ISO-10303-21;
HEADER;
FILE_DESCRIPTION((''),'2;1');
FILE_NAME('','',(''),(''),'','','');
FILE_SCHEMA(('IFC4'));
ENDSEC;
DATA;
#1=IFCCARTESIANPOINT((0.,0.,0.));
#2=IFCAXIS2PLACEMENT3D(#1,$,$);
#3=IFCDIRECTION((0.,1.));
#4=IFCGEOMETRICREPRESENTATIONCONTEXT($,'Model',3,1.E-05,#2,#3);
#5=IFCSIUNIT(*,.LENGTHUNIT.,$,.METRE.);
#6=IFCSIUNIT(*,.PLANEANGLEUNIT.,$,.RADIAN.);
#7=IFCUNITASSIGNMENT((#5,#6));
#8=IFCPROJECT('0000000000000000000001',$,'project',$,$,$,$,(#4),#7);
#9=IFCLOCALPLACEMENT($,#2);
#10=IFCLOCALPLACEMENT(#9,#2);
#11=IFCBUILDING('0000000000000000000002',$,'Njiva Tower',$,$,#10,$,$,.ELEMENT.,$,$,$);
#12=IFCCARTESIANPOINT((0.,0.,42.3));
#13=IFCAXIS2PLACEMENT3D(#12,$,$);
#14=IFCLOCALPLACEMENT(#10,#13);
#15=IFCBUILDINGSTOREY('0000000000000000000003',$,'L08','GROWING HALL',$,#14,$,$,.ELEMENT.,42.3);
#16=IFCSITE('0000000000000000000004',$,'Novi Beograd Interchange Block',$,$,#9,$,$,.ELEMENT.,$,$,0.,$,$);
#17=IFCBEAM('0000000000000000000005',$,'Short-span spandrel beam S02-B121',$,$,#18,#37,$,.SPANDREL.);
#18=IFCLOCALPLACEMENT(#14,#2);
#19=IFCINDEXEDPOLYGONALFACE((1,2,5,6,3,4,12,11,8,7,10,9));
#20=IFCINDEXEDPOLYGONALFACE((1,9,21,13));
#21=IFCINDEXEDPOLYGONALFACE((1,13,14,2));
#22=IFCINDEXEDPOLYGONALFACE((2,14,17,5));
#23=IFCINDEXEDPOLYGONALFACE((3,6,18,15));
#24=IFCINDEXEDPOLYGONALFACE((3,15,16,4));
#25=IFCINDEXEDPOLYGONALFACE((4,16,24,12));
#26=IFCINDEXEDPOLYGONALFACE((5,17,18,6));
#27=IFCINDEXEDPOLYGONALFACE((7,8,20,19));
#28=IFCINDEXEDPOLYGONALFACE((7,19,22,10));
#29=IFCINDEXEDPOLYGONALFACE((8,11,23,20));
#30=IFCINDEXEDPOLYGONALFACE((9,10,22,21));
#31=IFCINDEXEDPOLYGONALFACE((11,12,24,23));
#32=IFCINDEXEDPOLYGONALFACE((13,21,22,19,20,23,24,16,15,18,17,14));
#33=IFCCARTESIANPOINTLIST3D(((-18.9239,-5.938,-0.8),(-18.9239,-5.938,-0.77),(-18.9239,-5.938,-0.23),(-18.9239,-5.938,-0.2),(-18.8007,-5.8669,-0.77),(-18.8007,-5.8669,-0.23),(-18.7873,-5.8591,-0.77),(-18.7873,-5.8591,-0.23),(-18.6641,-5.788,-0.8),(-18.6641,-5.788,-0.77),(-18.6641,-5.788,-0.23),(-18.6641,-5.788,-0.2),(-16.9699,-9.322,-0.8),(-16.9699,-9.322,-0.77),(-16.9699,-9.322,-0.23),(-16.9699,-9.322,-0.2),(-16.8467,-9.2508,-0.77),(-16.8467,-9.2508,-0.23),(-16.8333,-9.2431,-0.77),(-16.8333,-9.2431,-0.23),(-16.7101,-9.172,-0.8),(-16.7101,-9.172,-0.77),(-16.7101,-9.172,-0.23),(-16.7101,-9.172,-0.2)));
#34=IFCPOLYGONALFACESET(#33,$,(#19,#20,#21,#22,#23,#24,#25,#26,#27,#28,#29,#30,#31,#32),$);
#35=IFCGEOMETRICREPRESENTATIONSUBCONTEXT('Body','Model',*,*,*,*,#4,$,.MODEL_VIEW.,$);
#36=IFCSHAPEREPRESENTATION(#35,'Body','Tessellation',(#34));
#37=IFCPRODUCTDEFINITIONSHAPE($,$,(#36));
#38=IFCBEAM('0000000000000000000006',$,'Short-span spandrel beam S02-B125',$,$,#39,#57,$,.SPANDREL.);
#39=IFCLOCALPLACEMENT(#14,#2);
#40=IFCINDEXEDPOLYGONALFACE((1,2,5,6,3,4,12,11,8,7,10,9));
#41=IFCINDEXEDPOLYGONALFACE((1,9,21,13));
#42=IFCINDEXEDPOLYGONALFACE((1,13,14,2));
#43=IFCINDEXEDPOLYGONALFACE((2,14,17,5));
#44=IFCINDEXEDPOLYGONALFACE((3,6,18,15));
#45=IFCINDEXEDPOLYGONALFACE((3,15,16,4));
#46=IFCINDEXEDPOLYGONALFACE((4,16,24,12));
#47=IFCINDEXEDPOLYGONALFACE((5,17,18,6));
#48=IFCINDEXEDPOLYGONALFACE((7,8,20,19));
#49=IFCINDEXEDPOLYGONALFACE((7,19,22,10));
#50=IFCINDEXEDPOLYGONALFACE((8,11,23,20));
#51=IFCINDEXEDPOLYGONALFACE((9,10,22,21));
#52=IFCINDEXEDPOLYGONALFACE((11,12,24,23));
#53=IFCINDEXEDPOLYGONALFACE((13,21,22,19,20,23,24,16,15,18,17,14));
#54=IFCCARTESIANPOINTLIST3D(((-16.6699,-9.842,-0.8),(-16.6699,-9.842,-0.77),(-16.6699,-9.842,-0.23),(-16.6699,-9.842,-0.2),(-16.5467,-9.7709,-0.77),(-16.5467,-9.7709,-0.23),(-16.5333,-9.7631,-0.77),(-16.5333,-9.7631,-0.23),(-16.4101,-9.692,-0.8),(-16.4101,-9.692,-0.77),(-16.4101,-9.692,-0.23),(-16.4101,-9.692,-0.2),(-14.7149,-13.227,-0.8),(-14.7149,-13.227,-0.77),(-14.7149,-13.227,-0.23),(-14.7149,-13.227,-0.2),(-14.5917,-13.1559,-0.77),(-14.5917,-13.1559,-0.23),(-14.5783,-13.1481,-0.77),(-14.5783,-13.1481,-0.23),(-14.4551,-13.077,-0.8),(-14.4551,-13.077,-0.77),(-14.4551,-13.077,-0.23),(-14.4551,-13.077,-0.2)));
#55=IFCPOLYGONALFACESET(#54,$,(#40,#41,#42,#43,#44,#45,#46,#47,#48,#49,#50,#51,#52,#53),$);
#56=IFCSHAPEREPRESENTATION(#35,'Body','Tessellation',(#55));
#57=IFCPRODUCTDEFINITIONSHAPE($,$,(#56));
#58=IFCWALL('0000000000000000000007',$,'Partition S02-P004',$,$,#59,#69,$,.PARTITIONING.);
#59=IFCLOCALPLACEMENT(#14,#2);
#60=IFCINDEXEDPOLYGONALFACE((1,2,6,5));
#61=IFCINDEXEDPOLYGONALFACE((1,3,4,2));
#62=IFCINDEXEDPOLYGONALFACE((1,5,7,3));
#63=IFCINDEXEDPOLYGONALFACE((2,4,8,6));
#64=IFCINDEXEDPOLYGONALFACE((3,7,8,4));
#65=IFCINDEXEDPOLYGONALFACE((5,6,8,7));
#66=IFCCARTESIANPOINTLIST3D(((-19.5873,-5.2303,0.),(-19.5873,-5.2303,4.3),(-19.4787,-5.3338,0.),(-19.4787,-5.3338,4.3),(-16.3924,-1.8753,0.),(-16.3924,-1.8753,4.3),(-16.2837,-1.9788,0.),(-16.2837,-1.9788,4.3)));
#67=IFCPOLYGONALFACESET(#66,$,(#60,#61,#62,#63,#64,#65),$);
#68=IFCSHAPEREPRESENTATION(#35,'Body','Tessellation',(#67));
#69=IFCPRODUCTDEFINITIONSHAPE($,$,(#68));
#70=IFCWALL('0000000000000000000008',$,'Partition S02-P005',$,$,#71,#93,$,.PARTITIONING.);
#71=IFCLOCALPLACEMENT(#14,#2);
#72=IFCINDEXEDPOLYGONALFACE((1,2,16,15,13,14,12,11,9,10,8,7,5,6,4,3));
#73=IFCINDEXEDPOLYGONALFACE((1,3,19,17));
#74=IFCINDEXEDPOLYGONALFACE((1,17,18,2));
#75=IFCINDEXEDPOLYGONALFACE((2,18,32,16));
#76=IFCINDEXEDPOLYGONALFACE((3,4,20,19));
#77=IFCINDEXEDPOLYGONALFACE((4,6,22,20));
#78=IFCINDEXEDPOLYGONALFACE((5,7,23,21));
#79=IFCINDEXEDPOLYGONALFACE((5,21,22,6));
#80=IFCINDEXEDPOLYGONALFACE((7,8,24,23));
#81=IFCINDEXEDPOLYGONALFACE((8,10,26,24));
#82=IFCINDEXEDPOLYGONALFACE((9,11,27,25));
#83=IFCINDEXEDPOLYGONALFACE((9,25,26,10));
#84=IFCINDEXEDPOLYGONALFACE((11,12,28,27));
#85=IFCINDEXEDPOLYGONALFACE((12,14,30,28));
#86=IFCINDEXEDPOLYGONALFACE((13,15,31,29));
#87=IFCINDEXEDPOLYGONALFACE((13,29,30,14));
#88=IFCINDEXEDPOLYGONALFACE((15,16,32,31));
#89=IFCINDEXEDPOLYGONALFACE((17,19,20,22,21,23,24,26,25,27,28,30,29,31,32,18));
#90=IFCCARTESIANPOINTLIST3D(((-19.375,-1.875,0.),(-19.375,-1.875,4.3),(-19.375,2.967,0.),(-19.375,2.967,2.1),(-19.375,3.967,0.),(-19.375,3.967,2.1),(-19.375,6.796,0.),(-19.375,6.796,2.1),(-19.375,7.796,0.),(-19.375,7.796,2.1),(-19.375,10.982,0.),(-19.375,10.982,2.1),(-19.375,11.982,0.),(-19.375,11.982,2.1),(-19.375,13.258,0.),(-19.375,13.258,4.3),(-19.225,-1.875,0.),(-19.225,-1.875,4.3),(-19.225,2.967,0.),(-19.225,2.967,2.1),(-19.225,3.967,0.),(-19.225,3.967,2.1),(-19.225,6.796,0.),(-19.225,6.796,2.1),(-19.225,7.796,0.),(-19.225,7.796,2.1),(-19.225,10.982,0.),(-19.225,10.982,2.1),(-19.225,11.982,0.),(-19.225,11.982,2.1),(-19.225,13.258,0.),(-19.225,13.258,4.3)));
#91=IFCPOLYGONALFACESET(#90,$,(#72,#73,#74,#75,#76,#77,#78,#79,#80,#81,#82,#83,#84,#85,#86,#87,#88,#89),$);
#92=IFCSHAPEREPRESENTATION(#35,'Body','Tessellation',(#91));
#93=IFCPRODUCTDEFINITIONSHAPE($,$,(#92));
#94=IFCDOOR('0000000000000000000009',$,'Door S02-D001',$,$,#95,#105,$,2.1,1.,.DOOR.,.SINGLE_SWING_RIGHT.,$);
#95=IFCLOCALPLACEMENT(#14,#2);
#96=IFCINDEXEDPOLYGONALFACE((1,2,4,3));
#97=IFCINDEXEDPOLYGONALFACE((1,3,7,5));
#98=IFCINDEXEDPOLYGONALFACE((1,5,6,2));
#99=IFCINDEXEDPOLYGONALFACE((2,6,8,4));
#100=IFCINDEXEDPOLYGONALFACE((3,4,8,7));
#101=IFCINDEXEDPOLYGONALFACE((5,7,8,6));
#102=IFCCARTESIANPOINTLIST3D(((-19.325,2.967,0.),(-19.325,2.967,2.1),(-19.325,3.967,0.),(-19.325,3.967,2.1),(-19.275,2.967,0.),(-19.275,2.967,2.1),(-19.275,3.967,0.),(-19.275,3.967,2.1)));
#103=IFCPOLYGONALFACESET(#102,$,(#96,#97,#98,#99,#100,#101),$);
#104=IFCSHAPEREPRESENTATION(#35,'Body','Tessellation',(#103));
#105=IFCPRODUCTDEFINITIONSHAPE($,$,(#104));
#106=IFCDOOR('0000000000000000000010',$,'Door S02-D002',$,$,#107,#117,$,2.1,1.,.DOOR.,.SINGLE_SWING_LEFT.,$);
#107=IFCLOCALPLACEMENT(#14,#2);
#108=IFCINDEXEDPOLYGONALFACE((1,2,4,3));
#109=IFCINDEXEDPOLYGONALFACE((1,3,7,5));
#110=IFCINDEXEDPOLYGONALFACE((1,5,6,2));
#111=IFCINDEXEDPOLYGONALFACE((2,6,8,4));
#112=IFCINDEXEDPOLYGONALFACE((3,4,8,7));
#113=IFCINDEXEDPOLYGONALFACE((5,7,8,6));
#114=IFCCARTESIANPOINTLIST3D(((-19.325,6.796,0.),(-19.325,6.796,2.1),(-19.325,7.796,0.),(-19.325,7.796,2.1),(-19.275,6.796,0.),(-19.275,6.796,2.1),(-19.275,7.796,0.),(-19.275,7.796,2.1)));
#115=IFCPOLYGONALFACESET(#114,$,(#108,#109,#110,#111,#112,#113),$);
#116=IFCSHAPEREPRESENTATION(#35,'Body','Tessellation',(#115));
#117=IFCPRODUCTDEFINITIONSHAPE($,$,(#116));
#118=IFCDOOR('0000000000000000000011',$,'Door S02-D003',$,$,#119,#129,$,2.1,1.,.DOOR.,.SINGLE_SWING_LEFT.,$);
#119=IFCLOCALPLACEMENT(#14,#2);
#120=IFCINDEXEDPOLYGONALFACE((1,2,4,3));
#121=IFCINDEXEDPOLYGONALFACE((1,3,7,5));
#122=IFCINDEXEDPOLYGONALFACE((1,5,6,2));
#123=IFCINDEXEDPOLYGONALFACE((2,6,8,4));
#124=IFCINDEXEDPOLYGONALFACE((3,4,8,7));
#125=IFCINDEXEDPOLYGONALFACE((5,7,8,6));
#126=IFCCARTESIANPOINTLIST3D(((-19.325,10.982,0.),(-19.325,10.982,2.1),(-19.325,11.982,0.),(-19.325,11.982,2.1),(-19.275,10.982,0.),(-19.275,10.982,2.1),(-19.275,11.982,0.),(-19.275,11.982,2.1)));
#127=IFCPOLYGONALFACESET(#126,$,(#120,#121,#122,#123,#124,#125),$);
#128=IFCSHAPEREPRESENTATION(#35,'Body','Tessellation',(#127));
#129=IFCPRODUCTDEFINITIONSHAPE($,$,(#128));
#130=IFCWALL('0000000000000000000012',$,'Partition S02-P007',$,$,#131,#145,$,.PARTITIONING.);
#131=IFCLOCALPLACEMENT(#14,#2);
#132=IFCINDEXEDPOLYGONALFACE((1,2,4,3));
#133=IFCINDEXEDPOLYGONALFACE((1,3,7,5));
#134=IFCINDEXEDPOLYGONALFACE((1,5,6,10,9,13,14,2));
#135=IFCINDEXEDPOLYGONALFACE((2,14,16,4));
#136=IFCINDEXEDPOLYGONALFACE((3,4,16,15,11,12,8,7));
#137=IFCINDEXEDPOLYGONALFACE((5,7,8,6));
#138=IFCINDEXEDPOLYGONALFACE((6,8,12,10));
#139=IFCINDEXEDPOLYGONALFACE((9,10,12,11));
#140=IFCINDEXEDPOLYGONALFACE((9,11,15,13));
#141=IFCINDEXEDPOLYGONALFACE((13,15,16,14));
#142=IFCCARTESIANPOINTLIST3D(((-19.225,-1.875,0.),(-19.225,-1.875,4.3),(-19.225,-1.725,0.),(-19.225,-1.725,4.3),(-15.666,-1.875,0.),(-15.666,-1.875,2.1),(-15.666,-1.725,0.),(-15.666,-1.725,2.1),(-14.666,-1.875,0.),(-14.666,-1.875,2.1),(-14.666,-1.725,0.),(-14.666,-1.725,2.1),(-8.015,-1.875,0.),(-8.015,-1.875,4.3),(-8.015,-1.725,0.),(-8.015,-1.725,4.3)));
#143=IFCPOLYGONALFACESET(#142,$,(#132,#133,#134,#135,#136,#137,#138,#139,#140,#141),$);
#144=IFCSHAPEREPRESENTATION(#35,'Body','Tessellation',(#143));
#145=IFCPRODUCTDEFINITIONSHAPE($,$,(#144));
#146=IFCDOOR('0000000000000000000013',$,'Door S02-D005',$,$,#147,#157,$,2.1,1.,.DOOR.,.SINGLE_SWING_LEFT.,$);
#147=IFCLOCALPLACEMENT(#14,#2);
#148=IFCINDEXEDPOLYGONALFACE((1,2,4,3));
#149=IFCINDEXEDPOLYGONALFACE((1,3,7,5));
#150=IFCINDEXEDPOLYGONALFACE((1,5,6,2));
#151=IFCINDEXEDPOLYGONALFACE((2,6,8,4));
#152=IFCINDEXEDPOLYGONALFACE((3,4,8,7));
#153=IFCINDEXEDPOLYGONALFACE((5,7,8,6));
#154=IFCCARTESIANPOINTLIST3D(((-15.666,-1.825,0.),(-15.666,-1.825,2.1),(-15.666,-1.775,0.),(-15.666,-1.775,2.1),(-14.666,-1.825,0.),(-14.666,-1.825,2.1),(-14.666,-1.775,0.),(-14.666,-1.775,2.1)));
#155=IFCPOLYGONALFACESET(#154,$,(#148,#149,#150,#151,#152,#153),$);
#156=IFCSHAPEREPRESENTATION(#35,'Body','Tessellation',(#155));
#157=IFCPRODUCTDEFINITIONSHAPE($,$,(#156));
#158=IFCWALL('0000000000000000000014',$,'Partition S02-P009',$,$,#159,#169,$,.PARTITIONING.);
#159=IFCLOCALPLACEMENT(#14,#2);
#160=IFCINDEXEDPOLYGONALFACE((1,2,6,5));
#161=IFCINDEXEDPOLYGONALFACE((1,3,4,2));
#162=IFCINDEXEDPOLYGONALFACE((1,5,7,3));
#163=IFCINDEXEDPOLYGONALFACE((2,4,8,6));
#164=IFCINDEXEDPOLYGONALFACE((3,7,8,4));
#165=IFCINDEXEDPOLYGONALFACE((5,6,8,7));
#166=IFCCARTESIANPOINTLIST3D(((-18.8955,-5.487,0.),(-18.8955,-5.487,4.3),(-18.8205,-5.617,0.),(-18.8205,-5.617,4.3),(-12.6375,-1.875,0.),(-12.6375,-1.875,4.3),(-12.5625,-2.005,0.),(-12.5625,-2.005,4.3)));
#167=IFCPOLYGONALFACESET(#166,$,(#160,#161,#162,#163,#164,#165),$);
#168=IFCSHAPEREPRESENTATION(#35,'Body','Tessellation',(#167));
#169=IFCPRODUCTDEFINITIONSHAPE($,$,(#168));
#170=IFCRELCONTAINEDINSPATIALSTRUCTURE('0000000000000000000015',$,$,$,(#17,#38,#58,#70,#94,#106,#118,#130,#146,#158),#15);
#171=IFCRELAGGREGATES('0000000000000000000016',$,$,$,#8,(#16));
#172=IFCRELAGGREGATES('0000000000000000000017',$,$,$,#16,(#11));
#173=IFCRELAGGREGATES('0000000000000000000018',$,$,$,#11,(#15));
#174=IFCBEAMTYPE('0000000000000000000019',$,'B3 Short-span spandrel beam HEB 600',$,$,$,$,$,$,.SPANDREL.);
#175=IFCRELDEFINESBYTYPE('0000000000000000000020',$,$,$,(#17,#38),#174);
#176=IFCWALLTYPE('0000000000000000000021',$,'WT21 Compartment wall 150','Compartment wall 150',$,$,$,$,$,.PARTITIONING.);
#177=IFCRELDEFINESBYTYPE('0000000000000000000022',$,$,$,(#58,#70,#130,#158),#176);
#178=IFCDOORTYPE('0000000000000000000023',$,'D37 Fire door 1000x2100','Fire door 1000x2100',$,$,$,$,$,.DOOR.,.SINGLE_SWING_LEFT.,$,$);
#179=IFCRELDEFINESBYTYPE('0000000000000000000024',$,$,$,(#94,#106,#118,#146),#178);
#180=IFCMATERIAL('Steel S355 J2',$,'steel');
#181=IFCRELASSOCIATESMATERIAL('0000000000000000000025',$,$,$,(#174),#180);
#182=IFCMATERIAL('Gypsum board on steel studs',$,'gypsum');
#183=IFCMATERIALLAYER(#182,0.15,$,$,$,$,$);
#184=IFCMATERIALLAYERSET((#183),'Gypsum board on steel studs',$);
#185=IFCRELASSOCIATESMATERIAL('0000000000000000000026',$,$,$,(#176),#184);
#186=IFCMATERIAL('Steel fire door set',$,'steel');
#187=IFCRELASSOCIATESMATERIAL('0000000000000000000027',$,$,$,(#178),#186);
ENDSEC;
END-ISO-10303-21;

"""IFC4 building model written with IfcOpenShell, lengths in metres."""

from ifc_helpers import new_model, si_unit, direction, frame, frame_2d, origin, origin_2d, place, context, subcontext, project, spatial, rectangle, i_section, extrude, material, layer, layer_set, material_profile, profile_set, type_object, element, fill, save


model = new_model("IFC4")

# Units and contexts
model_context = context("Model", 3, precision=1e-05, world=origin(), true_north=direction((0.0, 1.0)))
body_context = subcontext(model_context, "Body", "Model", "MODEL_VIEW")
ifc_project = project(units=[si_unit("LENGTHUNIT", "METRE"), si_unit("PLANEANGLEUNIT", "RADIAN")], contexts=[model_context])

# Site, building, storey
site_placement = place(None, origin())
site = spatial("IfcSite", under=ifc_project, at=site_placement, Name="Novi Beograd Interchange Block", CompositionType="ELEMENT", RefElevation=0.0)
building_placement = place(site_placement, origin())
building = spatial("IfcBuilding", under=site, at=building_placement, Name="Njiva Tower", CompositionType="ELEMENT")
storey_placement = place(building_placement, frame((0.0, 0.0, 42.3)))
storey = spatial("IfcBuildingStorey", under=building, at=storey_placement, Name="L08", Description="GROWING HALL", CompositionType="ELEMENT", Elevation=42.3)

# Shared definitions
ifc_material_1 = material(Name="Steel S355 J2", Category="steel")

# Beams
ifc_material_profile_1 = material_profile(ifc_material_1, i_section(OverallWidth=0.3, OverallDepth=0.6, WebThickness=0.0155, FlangeThickness=0.03, at=origin_2d()), Name="HEB 600")
ifc_profile_set_1 = profile_set([ifc_material_profile_1], Name="Steel S355 J2")
beam_type_1 = type_object("IfcBeamType", Name="B3 Short-span spandrel beam HEB 600", PredefinedType="SPANDREL", material=ifc_profile_set_1)
beam_1_placement = place(storey_placement, frame((-18.794, -5.863, -0.5), z_axis=(0.500047, -0.865998, 0.0), x_axis=(0.865998, 0.500047, 0.0)))
element("IfcBeam", 1, at=beam_1_placement, inside=storey, type_object=beam_type_1, Name="Short-span spandrel beam S02-B121", PredefinedType="SPANDREL", context=body_context, shape_type="SweptSolid", body=[
    extrude(i_section(OverallWidth=0.3, OverallDepth=0.6, WebThickness=0.0155, FlangeThickness=0.03, at=origin_2d()), origin(), (0.0, 0.0, 1.0), 3.9076),
])
beam_2_placement = place(storey_placement, frame((-16.54, -9.767, -0.5), z_axis=(0.500128, -0.865951, 0.0), x_axis=(0.865951, 0.500128, 0.0)))
element("IfcBeam", 2, at=beam_2_placement, inside=storey, type_object=beam_type_1, Name="Short-span spandrel beam S02-B125", PredefinedType="SPANDREL", context=body_context, shape_type="SweptSolid", body=[
    extrude(i_section(OverallWidth=0.3, OverallDepth=0.6, WebThickness=0.0155, FlangeThickness=0.03, at=origin_2d()), origin(), (0.0, 0.0, 1.0), 3.909),
])

# Wall
ifc_material_2 = material(Name="Gypsum board on steel studs", Category="gypsum")
ifc_layer = layer(ifc_material_2, 0.15)
ifc_layer_set = layer_set([ifc_layer], Name="Gypsum board on steel studs")
wall_type = type_object("IfcWallType", Name="WT21 Compartment wall 150", Description="Compartment wall 150", PredefinedType="PARTITIONING", material=ifc_layer_set)
wall_1_placement = place(storey_placement, frame((-19.533, -5.282, 0.0), z_axis=(0.0, 0.0, 1.0), x_axis=(0.689628, 0.724164, 0.0)))
element("IfcWall", 3, at=wall_1_placement, inside=storey, type_object=wall_type, Name="Partition S02-P004", PredefinedType="PARTITIONING", context=body_context, shape_type="SweptSolid", body=[
    extrude(rectangle(XDim=4.6329, YDim=0.15, at=frame_2d((2.3164, 0.0))), origin(), (0.0, 0.0, 1.0), 4.3),
])

# Wall, openings, doors
wall_2_placement = place(storey_placement, frame((-19.3, -1.875, 0.0), z_axis=(0.0, 0.0, 1.0), x_axis=(0.0, 1.0, 0.0)))
wall_2 = element("IfcWall", 4, at=wall_2_placement, inside=storey, type_object=wall_type, Name="Partition S02-P005", PredefinedType="PARTITIONING", context=body_context, shape_type="SweptSolid", body=[
    extrude(rectangle(XDim=15.133, YDim=0.15, at=frame_2d((7.5665, 0.0))), origin(), (0.0, 0.0, 1.0), 4.3),
])
opening_1_placement = place(wall_2_placement, frame((4.842, 0.0, 0.0)))
opening_1 = element("IfcOpeningElement", 5, at=opening_1_placement, cuts=wall_2, PredefinedType="OPENING", context=body_context, shape_type="SweptSolid", body=[
    extrude(rectangle(XDim=1.0, YDim=2.1, at=frame_2d((0.5, 1.05))), frame((0.0, 0.085, 0.0), z_axis=(0.0, -1.0, 0.0), x_axis=(1.0, 0.0, 0.0)), (0.0, 0.0, 1.0), 0.17),
])
opening_2_placement = place(wall_2_placement, frame((8.671, 0.0, 0.0)))
opening_2 = element("IfcOpeningElement", 6, at=opening_2_placement, cuts=wall_2, PredefinedType="OPENING", context=body_context, shape_type="SweptSolid", body=[
    extrude(rectangle(XDim=1.0, YDim=2.1, at=frame_2d((0.5, 1.05))), frame((0.0, 0.085, 0.0), z_axis=(0.0, -1.0, 0.0), x_axis=(1.0, 0.0, 0.0)), (0.0, 0.0, 1.0), 0.17),
])
opening_3_placement = place(wall_2_placement, frame((12.857, 0.0, 0.0)))
opening_3 = element("IfcOpeningElement", 7, at=opening_3_placement, cuts=wall_2, PredefinedType="OPENING", context=body_context, shape_type="SweptSolid", body=[
    extrude(rectangle(XDim=1.0, YDim=2.1, at=frame_2d((0.5, 1.05))), frame((0.0, 0.085, 0.0), z_axis=(0.0, -1.0, 0.0), x_axis=(1.0, 0.0, 0.0)), (0.0, 0.0, 1.0), 0.17),
])
ifc_material_3 = material(Name="Steel fire door set", Category="steel")
door_type = type_object("IfcDoorType", Name="D37 Fire door 1000x2100", Description="Fire door 1000x2100", OperationType="SINGLE_SWING_LEFT", PredefinedType="DOOR", material=ifc_material_3)
door_1_placement = place(opening_1_placement, origin())
door_1 = element("IfcDoor", 8, at=door_1_placement, inside=storey, type_object=door_type, Name="Door S02-D001", OperationType="SINGLE_SWING_RIGHT", OverallHeight=2.1, OverallWidth=1.0, PredefinedType="DOOR", context=body_context, shape_type="SweptSolid", body=[
    extrude(rectangle(XDim=1.0, YDim=2.1, at=frame_2d((0.5, 1.05))), frame((0.0, 0.025, 0.0), z_axis=(0.0, -1.0, 0.0), x_axis=(1.0, 0.0, 0.0)), (0.0, 0.0, 1.0), 0.05),
])
fill(opening_1, door_1)
door_2_placement = place(opening_2_placement, origin())
door_2 = element("IfcDoor", 9, at=door_2_placement, inside=storey, type_object=door_type, Name="Door S02-D002", OperationType="SINGLE_SWING_LEFT", OverallHeight=2.1, OverallWidth=1.0, PredefinedType="DOOR", context=body_context, shape_type="SweptSolid", body=[
    extrude(rectangle(XDim=1.0, YDim=2.1, at=frame_2d((0.5, 1.05))), frame((0.0, 0.025, 0.0), z_axis=(0.0, -1.0, 0.0), x_axis=(1.0, 0.0, 0.0)), (0.0, 0.0, 1.0), 0.05),
])
fill(opening_2, door_2)
door_3_placement = place(opening_3_placement, origin())
door_3 = element("IfcDoor", 10, at=door_3_placement, inside=storey, type_object=door_type, Name="Door S02-D003", OperationType="SINGLE_SWING_LEFT", OverallHeight=2.1, OverallWidth=1.0, PredefinedType="DOOR", context=body_context, shape_type="SweptSolid", body=[
    extrude(rectangle(XDim=1.0, YDim=2.1, at=frame_2d((0.5, 1.05))), frame((0.0, 0.025, 0.0), z_axis=(0.0, -1.0, 0.0), x_axis=(1.0, 0.0, 0.0)), (0.0, 0.0, 1.0), 0.05),
])
fill(opening_3, door_3)

# Wall, opening, door
wall_3_placement = place(storey_placement, frame((-19.225, -1.8, 0.0), z_axis=(0.0, 0.0, 1.0), x_axis=(1.0, 0.0, 0.0)))
wall_3 = element("IfcWall", 11, at=wall_3_placement, inside=storey, type_object=wall_type, Name="Partition S02-P007", PredefinedType="PARTITIONING", context=body_context, shape_type="SweptSolid", body=[
    extrude(rectangle(XDim=11.21, YDim=0.15, at=frame_2d((5.605, 0.0))), origin(), (0.0, 0.0, 1.0), 4.3),
])
opening_4_placement = place(wall_3_placement, frame((3.559, 0.0, 0.0)))
opening_4 = element("IfcOpeningElement", 12, at=opening_4_placement, cuts=wall_3, PredefinedType="OPENING", context=body_context, shape_type="SweptSolid", body=[
    extrude(rectangle(XDim=1.0, YDim=2.1, at=frame_2d((0.5, 1.05))), frame((0.0, 0.085, 0.0), z_axis=(0.0, -1.0, 0.0), x_axis=(1.0, 0.0, 0.0)), (0.0, 0.0, 1.0), 0.17),
])
door_4_placement = place(opening_4_placement, origin())
door_4 = element("IfcDoor", 13, at=door_4_placement, inside=storey, type_object=door_type, Name="Door S02-D005", OperationType="SINGLE_SWING_LEFT", OverallHeight=2.1, OverallWidth=1.0, PredefinedType="DOOR", context=body_context, shape_type="SweptSolid", body=[
    extrude(rectangle(XDim=1.0, YDim=2.1, at=frame_2d((0.5, 1.05))), frame((0.0, 0.025, 0.0), z_axis=(0.0, -1.0, 0.0), x_axis=(1.0, 0.0, 0.0)), (0.0, 0.0, 1.0), 0.05),
])
fill(opening_4, door_4)

# Wall
wall_4_placement = place(storey_placement, frame((-18.858, -5.552, 0.0), z_axis=(0.0, 0.0, 1.0), x_axis=(0.866089, 0.49989, 0.0)))
element("IfcWall", 14, at=wall_4_placement, inside=storey, type_object=wall_type, Name="Partition S02-P009", PredefinedType="PARTITIONING", context=body_context, shape_type="SweptSolid", body=[
    extrude(rectangle(XDim=7.2256, YDim=0.15, at=frame_2d((3.6128, 0.0))), origin(), (0.0, 0.0, 1.0), 4.3),
])

save(model, "model.ifc")
